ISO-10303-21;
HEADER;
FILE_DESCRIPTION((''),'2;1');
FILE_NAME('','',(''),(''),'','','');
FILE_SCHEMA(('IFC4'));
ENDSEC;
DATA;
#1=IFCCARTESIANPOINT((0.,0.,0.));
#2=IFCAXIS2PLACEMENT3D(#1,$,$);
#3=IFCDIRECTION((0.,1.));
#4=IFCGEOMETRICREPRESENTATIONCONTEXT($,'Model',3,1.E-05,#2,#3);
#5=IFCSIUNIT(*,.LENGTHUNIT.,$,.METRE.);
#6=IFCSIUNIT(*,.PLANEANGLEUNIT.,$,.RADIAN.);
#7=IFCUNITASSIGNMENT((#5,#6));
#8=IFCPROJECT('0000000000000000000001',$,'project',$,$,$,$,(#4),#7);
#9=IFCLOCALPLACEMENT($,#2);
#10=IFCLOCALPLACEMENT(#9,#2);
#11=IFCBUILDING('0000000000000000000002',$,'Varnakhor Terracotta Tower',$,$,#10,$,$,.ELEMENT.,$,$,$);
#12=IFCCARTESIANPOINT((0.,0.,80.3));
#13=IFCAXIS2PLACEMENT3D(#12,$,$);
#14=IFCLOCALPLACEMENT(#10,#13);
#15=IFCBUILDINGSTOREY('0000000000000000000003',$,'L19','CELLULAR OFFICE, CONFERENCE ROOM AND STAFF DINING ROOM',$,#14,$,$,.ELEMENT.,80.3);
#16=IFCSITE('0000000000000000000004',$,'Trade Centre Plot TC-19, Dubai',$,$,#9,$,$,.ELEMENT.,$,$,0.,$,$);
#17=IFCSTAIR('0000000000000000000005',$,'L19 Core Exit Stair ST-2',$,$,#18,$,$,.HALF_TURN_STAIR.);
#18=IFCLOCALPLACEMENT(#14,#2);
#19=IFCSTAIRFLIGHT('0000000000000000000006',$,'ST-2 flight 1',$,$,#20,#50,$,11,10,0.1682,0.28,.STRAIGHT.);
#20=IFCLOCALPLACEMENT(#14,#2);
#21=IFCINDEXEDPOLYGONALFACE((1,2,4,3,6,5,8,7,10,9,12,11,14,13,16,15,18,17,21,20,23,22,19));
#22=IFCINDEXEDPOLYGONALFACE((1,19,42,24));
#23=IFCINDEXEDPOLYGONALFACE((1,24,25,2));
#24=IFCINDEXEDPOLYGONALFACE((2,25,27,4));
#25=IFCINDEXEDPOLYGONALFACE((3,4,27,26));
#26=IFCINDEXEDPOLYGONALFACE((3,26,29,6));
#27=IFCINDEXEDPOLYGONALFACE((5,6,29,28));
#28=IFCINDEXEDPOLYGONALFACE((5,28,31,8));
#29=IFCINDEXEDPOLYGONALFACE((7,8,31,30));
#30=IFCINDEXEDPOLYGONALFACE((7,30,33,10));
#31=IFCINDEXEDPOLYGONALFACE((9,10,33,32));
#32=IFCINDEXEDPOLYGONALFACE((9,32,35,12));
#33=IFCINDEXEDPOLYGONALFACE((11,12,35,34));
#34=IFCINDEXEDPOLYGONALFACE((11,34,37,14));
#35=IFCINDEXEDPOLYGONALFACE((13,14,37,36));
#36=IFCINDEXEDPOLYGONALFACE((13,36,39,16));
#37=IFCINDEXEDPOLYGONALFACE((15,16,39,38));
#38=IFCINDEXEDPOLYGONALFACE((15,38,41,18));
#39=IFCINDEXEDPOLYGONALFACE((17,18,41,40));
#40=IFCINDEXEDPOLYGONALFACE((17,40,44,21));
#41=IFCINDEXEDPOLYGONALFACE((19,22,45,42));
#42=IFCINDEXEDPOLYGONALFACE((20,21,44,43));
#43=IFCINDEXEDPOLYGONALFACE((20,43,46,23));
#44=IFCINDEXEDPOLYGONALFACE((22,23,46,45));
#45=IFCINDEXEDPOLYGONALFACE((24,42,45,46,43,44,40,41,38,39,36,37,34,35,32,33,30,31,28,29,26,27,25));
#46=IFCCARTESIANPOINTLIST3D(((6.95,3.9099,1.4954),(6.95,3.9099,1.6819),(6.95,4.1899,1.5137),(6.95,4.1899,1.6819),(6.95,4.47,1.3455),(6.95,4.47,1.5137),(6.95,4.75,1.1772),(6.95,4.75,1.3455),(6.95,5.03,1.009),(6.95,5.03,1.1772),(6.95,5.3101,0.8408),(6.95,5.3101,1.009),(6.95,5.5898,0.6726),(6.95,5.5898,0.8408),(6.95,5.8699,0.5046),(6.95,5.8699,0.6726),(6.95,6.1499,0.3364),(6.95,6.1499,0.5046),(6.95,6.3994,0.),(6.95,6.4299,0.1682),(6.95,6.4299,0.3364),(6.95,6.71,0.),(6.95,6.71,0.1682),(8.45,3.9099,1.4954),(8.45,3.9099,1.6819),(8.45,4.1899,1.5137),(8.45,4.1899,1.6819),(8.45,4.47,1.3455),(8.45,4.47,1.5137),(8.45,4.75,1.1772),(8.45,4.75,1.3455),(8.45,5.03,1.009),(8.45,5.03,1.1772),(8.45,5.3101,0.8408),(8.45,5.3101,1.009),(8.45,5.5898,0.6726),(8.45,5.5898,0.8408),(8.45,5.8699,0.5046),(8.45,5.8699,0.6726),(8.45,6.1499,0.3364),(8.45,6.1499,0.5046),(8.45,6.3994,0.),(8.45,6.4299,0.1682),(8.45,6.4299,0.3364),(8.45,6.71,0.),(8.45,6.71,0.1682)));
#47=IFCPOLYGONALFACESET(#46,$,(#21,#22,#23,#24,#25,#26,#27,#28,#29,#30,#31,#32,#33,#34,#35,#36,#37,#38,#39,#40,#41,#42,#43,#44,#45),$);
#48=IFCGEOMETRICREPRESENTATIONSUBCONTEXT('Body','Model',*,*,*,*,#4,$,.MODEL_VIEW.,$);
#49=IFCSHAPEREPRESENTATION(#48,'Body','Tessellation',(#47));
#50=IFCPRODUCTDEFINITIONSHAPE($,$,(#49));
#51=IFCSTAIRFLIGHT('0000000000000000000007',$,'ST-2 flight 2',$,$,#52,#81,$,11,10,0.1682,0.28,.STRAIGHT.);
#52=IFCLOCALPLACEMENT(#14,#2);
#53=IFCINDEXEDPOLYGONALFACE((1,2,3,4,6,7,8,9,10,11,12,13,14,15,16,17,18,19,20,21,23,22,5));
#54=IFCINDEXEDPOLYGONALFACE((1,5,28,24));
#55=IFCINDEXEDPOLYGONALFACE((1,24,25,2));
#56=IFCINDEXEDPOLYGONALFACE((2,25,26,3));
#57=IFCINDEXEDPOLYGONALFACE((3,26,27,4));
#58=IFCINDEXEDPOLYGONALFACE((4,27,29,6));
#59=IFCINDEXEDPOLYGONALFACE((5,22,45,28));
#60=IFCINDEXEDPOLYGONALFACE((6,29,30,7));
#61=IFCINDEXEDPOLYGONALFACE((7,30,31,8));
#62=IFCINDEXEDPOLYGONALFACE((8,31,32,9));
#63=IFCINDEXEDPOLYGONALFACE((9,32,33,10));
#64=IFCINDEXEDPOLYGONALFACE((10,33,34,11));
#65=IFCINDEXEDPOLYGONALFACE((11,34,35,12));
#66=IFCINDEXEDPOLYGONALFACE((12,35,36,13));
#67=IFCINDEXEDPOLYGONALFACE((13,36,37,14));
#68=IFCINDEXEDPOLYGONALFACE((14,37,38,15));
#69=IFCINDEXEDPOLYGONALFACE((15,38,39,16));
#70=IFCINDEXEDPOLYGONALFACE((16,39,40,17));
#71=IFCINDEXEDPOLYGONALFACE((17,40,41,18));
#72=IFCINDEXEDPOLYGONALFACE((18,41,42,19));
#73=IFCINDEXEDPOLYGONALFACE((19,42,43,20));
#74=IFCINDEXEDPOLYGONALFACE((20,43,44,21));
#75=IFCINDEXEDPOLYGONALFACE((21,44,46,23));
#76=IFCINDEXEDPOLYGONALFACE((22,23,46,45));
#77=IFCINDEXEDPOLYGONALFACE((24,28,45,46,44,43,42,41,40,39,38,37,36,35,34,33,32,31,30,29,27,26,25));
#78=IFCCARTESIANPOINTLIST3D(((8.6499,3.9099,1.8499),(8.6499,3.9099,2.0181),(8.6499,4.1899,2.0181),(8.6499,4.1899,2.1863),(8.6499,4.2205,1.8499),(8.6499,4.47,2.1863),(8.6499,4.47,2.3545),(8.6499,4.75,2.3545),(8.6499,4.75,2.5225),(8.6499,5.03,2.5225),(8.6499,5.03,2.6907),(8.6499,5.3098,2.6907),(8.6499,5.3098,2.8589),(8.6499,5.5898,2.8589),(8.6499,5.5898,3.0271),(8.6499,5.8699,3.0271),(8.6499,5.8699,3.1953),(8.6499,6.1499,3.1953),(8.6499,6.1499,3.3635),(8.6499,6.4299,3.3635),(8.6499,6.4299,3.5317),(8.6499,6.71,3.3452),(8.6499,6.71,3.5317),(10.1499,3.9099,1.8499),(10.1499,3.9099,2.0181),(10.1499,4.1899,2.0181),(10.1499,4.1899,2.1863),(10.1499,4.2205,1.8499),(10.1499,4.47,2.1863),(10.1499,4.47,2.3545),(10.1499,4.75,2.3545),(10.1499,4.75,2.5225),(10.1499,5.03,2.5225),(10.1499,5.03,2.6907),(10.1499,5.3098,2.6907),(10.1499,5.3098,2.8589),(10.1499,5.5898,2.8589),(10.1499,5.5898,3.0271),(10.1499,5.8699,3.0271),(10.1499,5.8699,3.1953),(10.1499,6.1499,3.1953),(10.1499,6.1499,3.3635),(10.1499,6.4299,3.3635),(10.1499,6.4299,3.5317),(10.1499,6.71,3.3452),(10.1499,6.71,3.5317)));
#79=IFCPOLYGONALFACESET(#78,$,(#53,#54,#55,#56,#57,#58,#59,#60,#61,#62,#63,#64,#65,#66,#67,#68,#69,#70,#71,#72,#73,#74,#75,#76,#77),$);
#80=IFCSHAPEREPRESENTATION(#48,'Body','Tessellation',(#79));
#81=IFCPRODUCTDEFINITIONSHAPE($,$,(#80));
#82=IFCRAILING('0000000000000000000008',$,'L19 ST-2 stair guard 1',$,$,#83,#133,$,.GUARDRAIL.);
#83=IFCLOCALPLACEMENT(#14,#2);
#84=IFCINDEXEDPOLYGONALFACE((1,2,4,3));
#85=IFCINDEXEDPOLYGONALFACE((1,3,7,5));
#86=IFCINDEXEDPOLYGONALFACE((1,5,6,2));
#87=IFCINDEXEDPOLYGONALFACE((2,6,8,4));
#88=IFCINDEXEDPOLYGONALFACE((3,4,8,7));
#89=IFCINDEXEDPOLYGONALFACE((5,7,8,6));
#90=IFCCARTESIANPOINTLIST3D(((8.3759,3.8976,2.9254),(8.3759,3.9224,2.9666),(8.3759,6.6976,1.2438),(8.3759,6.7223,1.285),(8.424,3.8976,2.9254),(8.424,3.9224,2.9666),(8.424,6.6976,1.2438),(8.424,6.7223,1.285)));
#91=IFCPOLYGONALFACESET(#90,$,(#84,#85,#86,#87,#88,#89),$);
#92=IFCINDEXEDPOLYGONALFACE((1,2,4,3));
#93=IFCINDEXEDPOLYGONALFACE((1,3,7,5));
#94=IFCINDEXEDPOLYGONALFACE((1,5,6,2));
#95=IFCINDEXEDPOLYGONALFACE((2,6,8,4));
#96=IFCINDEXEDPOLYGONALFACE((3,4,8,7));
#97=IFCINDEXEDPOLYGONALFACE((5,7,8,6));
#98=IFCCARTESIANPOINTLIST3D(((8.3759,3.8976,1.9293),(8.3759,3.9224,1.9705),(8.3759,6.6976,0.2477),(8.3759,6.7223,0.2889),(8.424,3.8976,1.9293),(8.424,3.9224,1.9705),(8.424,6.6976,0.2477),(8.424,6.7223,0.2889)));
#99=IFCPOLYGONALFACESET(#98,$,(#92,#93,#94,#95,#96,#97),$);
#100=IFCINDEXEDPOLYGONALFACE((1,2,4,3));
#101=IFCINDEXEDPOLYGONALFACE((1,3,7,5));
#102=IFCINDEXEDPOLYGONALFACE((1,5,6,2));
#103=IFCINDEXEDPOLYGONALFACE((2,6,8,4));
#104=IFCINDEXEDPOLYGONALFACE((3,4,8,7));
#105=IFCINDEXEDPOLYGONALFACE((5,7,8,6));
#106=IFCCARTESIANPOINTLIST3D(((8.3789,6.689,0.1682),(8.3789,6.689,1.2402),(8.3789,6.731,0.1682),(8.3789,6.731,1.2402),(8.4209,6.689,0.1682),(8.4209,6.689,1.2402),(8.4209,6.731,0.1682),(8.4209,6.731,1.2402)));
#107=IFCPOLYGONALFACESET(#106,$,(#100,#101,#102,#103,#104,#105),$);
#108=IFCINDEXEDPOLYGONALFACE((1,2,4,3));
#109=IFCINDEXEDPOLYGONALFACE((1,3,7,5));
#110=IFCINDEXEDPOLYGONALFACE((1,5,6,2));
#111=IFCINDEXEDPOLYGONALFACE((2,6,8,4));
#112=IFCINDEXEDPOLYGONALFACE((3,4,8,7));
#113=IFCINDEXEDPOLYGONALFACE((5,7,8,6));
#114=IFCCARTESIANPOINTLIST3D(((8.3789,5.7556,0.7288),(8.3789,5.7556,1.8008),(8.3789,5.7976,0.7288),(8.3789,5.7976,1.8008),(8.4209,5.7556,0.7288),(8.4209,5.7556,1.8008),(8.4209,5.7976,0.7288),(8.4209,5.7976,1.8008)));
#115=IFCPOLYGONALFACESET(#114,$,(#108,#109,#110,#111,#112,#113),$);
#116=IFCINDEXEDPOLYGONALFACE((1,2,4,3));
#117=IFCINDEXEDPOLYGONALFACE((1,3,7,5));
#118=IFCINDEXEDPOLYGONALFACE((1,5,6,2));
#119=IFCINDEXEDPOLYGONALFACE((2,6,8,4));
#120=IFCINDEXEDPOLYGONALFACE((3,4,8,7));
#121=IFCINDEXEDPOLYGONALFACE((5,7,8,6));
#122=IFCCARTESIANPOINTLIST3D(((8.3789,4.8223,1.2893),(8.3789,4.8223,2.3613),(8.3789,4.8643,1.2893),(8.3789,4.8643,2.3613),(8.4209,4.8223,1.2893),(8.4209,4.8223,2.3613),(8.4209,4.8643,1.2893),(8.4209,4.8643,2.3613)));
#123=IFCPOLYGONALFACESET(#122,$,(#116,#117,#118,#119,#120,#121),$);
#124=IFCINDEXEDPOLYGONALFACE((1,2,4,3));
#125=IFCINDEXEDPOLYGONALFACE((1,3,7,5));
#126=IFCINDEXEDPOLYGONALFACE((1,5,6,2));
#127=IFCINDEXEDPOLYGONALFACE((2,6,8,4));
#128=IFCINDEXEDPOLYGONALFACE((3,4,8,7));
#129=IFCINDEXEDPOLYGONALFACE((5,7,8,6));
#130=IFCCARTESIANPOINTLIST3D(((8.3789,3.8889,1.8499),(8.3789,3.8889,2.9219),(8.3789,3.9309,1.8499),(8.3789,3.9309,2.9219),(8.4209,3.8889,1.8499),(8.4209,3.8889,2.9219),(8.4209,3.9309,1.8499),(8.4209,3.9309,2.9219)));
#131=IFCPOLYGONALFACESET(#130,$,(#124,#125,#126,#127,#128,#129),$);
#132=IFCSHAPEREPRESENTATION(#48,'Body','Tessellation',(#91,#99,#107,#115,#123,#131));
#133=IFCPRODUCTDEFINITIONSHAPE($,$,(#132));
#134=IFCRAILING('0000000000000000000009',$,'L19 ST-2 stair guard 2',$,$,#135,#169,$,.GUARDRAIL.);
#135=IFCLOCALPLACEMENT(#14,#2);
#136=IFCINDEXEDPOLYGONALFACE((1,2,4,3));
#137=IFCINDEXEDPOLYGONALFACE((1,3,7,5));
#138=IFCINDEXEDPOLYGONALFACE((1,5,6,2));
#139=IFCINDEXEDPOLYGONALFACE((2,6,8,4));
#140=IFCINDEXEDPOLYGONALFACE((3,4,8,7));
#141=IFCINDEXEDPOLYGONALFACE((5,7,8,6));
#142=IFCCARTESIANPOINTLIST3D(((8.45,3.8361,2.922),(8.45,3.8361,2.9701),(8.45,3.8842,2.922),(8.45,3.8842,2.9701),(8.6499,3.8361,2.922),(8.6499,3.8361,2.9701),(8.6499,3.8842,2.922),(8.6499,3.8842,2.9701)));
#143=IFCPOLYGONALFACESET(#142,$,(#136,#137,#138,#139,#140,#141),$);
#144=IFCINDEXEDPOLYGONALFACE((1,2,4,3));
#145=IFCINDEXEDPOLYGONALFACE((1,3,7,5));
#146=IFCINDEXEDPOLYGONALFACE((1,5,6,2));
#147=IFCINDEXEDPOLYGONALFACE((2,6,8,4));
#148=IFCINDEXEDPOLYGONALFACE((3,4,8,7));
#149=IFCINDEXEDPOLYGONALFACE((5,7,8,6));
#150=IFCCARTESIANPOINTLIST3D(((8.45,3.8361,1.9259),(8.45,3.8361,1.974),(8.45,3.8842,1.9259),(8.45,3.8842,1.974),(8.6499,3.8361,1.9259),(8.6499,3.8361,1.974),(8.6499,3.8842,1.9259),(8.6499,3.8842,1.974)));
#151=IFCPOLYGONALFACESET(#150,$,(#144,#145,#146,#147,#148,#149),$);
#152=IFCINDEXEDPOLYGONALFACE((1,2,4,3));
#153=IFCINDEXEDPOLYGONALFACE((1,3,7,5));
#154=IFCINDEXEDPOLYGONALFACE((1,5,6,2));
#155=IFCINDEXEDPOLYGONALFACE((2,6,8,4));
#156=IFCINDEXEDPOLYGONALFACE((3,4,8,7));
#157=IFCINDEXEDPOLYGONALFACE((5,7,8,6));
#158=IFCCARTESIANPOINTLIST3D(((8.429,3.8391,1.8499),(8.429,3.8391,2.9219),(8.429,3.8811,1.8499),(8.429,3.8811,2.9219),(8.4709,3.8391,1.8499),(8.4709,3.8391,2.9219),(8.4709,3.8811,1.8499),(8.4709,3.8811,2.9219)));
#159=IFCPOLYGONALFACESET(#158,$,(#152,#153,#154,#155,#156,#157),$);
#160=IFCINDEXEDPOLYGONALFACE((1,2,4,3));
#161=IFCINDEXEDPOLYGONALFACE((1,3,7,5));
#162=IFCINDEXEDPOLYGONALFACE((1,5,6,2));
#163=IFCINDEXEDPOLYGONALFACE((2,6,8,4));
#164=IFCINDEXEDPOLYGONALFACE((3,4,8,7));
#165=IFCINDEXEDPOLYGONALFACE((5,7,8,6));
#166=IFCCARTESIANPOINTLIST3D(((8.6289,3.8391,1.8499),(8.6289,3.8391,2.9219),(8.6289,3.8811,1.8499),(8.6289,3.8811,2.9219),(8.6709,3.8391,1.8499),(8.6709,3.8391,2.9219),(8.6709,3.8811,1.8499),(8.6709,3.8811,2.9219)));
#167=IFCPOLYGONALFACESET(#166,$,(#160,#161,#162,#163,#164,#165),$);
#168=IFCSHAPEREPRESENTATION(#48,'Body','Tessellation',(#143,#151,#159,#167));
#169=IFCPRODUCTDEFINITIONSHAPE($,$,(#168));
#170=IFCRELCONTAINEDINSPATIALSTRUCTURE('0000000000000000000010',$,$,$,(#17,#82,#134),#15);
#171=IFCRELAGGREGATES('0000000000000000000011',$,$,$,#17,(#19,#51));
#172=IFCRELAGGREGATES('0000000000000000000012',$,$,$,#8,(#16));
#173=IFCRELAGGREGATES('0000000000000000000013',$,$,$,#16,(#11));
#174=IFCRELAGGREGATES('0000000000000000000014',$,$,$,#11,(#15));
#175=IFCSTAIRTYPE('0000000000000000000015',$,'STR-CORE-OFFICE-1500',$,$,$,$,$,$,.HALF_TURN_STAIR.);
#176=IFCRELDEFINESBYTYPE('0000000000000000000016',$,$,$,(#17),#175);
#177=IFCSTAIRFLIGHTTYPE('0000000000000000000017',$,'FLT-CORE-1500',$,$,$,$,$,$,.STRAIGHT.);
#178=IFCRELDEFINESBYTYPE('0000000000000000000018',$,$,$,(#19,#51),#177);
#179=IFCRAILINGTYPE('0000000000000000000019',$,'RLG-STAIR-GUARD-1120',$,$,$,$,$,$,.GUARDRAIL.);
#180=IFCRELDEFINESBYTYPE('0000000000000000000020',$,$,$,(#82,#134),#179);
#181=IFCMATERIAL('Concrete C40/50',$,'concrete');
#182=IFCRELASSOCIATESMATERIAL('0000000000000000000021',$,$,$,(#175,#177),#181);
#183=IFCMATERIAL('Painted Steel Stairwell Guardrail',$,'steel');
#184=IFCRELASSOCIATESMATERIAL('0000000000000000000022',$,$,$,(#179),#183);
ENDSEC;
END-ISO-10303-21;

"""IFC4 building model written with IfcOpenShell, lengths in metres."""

from ifc_helpers import new_model, si_unit, direction, frame, origin, origin_2d, place, context, subcontext, project, spatial, polyline, rectangle, outline, extrude, material, type_object, element, aggregate, save


model = new_model("IFC4")

# Units and contexts
model_context = context("Model", 3, precision=1e-05, world=origin(), true_north=direction((0.0, 1.0)))
body_context = subcontext(model_context, "Body", "Model", "MODEL_VIEW")
ifc_project = project(units=[si_unit("LENGTHUNIT", "METRE"), si_unit("PLANEANGLEUNIT", "RADIAN")], contexts=[model_context])

# Site, building, storey
site_placement = place(None, origin())
site = spatial("IfcSite", under=ifc_project, at=site_placement, Name="Trade Centre Plot TC-19, Dubai", CompositionType="ELEMENT", RefElevation=0.0)
building_placement = place(site_placement, origin())
building = spatial("IfcBuilding", under=site, at=building_placement, Name="Varnakhor Terracotta Tower", CompositionType="ELEMENT")
storey_placement = place(building_placement, frame((0.0, 0.0, 80.3)))
storey = spatial("IfcBuildingStorey", under=building, at=storey_placement, Name="L19", Description="CELLULAR OFFICE, CONFERENCE ROOM AND STAFF DINING ROOM", CompositionType="ELEMENT", Elevation=80.3)

# Shared definitions
ifc_material_1 = material(Name="Concrete C40/50", Category="concrete")

# Stair, stair flights
stair_type = type_object("IfcStairType", Name="STR-CORE-OFFICE-1500", PredefinedType="HALF_TURN_STAIR", material=ifc_material_1)
stair_placement = place(storey_placement, origin())
stair = element("IfcStair", 1, at=stair_placement, inside=storey, type_object=stair_type, Name="L19 Core Exit Stair ST-2", PredefinedType="HALF_TURN_STAIR")
stair_flight_type = type_object("IfcStairFlightType", Name="FLT-CORE-1500", PredefinedType="STRAIGHT", material=ifc_material_1)
stair_flight_1_placement = place(storey_placement, frame((7.7, 6.71, 0.0), z_axis=(0.0, 0.0, 1.0), x_axis=(0.0, -1.0, 0.0)))
stair_flight_1 = element("IfcStairFlight", 2, at=stair_flight_1_placement, type_object=stair_flight_type, Name="ST-2 flight 1", NumberOfRisers=11, NumberOfTreads=10, PredefinedType="STRAIGHT", RiserHeight=0.1682, TreadLength=0.28, context=body_context, shape_type="SweptSolid", body=[
    extrude(outline(polyline([(0.0, 0.0), (0.0, 0.1682), (0.28, 0.1682), (0.28, 0.3364), (0.5601, 0.3364), (0.5601, 0.5046), (0.8401, 0.5046), (0.8401, 0.6726), (1.1201, 0.6726), (1.1201, 0.8408), (1.3999, 0.8408), (1.3999, 1.009), (1.6799, 1.009), (1.6799, 1.1772), (1.96, 1.1772), (1.96, 1.3455), (2.24, 1.3455), (2.24, 1.5137), (2.52, 1.5137), (2.52, 1.6819), (2.8, 1.6819), (2.8, 1.8501), (2.8, 1.4954), (0.3105, 0.0), (0.0, 0.0)])), frame((0.0, 0.75, 0.0), z_axis=(0.0, -1.0, 0.0), x_axis=(1.0, 0.0, 0.0)), (0.0, 0.0, 1.0), 1.5),
])
stair_flight_2_placement = place(storey_placement, frame((9.3999, 3.9099, 1.8499), z_axis=(0.0, 0.0, 1.0), x_axis=(0.0, 1.0, 0.0)))
stair_flight_2 = element("IfcStairFlight", 3, at=stair_flight_2_placement, type_object=stair_flight_type, Name="ST-2 flight 2", NumberOfRisers=11, NumberOfTreads=10, PredefinedType="STRAIGHT", RiserHeight=0.1682, TreadLength=0.28, context=body_context, shape_type="SweptSolid", body=[
    extrude(outline(polyline([(0.0, 0.0), (0.0, 0.1682), (0.28, 0.1682), (0.28, 0.3364), (0.5601, 0.3364), (0.5601, 0.5046), (0.8401, 0.5046), (0.8401, 0.6726), (1.1201, 0.6726), (1.1201, 0.8408), (1.3999, 0.8408), (1.3999, 1.009), (1.6799, 1.009), (1.6799, 1.1772), (1.96, 1.1772), (1.96, 1.3455), (2.24, 1.3455), (2.24, 1.5137), (2.52, 1.5137), (2.52, 1.6819), (2.8, 1.6819), (2.8, 1.8501), (2.8, 1.4954), (0.3105, 0.0), (0.0, 0.0)])), frame((0.0, 0.75, 0.0), z_axis=(0.0, -1.0, 0.0), x_axis=(1.0, 0.0, 0.0)), (0.0, 0.0, 1.0), 1.5),
])
aggregate(stair, [stair_flight_1, stair_flight_2])

# Railings
ifc_material_2 = material(Name="Painted Steel Stairwell Guardrail", Category="steel")
railing_type_1 = type_object("IfcRailingType", Name="RLG-STAIR-GUARD-1120", PredefinedType="GUARDRAIL", material=ifc_material_2)
railing_1_placement = place(storey_placement, frame((8.3999, 6.71, 0.1682)))
element("IfcRailing", 4, at=railing_1_placement, inside=storey, type_object=railing_type_1, Name="L19 ST-2 stair guard 1", PredefinedType="GUARDRAIL", context=body_context, shape_type="SweptSolid", body=[
    extrude(rectangle(XDim=0.0481, YDim=0.0481, at=origin_2d()), frame((0.0, 0.0, 1.0962), z_axis=(0.0, -0.857275, 0.514858), x_axis=(1.0, 0.0, 0.0)), (0.0, 0.0, 1.0), 3.2661),
    extrude(rectangle(XDim=0.0481, YDim=0.0481, at=origin_2d()), frame((0.0, 0.0, 0.1001), z_axis=(0.0, -0.857275, 0.514858), x_axis=(1.0, 0.0, 0.0)), (0.0, 0.0, 1.0), 3.2661),
    extrude(rectangle(XDim=0.042, YDim=0.042, at=origin_2d()), origin(), (0.0, 0.0, 1.0), 1.072),
    extrude(rectangle(XDim=0.042, YDim=0.042, at=origin_2d()), frame((0.0, -0.9333, 0.5605)), (0.0, 0.0, 1.0), 1.072),
    extrude(rectangle(XDim=0.042, YDim=0.042, at=origin_2d()), frame((0.0, -1.8667, 1.1211)), (0.0, 0.0, 1.0), 1.072),
    extrude(rectangle(XDim=0.042, YDim=0.042, at=origin_2d()), frame((0.0, -2.8, 1.6816)), (0.0, 0.0, 1.0), 1.072),
])
railing_2_placement = place(storey_placement, frame((8.45, 3.8601, 1.8499)))
element("IfcRailing", 5, at=railing_2_placement, inside=storey, type_object=railing_type_1, Name="L19 ST-2 stair guard 2", PredefinedType="GUARDRAIL", context=body_context, shape_type="SweptSolid", body=[
    extrude(rectangle(XDim=0.0481, YDim=0.0481, at=origin_2d()), frame((0.0, 0.0, 1.0962), z_axis=(1.0, 0.0, 0.0), x_axis=(0.0, 1.0, 0.0)), (0.0, 0.0, 1.0), 0.2),
    extrude(rectangle(XDim=0.0481, YDim=0.0481, at=origin_2d()), frame((0.0, 0.0, 0.1001), z_axis=(1.0, 0.0, 0.0), x_axis=(0.0, 1.0, 0.0)), (0.0, 0.0, 1.0), 0.2),
    extrude(rectangle(XDim=0.042, YDim=0.042, at=origin_2d()), origin(), (0.0, 0.0, 1.0), 1.072),
    extrude(rectangle(XDim=0.042, YDim=0.042, at=origin_2d()), frame((0.2, 0.0, 0.0)), (0.0, 0.0, 1.0), 1.072),
])

save(model, "model.ifc")
